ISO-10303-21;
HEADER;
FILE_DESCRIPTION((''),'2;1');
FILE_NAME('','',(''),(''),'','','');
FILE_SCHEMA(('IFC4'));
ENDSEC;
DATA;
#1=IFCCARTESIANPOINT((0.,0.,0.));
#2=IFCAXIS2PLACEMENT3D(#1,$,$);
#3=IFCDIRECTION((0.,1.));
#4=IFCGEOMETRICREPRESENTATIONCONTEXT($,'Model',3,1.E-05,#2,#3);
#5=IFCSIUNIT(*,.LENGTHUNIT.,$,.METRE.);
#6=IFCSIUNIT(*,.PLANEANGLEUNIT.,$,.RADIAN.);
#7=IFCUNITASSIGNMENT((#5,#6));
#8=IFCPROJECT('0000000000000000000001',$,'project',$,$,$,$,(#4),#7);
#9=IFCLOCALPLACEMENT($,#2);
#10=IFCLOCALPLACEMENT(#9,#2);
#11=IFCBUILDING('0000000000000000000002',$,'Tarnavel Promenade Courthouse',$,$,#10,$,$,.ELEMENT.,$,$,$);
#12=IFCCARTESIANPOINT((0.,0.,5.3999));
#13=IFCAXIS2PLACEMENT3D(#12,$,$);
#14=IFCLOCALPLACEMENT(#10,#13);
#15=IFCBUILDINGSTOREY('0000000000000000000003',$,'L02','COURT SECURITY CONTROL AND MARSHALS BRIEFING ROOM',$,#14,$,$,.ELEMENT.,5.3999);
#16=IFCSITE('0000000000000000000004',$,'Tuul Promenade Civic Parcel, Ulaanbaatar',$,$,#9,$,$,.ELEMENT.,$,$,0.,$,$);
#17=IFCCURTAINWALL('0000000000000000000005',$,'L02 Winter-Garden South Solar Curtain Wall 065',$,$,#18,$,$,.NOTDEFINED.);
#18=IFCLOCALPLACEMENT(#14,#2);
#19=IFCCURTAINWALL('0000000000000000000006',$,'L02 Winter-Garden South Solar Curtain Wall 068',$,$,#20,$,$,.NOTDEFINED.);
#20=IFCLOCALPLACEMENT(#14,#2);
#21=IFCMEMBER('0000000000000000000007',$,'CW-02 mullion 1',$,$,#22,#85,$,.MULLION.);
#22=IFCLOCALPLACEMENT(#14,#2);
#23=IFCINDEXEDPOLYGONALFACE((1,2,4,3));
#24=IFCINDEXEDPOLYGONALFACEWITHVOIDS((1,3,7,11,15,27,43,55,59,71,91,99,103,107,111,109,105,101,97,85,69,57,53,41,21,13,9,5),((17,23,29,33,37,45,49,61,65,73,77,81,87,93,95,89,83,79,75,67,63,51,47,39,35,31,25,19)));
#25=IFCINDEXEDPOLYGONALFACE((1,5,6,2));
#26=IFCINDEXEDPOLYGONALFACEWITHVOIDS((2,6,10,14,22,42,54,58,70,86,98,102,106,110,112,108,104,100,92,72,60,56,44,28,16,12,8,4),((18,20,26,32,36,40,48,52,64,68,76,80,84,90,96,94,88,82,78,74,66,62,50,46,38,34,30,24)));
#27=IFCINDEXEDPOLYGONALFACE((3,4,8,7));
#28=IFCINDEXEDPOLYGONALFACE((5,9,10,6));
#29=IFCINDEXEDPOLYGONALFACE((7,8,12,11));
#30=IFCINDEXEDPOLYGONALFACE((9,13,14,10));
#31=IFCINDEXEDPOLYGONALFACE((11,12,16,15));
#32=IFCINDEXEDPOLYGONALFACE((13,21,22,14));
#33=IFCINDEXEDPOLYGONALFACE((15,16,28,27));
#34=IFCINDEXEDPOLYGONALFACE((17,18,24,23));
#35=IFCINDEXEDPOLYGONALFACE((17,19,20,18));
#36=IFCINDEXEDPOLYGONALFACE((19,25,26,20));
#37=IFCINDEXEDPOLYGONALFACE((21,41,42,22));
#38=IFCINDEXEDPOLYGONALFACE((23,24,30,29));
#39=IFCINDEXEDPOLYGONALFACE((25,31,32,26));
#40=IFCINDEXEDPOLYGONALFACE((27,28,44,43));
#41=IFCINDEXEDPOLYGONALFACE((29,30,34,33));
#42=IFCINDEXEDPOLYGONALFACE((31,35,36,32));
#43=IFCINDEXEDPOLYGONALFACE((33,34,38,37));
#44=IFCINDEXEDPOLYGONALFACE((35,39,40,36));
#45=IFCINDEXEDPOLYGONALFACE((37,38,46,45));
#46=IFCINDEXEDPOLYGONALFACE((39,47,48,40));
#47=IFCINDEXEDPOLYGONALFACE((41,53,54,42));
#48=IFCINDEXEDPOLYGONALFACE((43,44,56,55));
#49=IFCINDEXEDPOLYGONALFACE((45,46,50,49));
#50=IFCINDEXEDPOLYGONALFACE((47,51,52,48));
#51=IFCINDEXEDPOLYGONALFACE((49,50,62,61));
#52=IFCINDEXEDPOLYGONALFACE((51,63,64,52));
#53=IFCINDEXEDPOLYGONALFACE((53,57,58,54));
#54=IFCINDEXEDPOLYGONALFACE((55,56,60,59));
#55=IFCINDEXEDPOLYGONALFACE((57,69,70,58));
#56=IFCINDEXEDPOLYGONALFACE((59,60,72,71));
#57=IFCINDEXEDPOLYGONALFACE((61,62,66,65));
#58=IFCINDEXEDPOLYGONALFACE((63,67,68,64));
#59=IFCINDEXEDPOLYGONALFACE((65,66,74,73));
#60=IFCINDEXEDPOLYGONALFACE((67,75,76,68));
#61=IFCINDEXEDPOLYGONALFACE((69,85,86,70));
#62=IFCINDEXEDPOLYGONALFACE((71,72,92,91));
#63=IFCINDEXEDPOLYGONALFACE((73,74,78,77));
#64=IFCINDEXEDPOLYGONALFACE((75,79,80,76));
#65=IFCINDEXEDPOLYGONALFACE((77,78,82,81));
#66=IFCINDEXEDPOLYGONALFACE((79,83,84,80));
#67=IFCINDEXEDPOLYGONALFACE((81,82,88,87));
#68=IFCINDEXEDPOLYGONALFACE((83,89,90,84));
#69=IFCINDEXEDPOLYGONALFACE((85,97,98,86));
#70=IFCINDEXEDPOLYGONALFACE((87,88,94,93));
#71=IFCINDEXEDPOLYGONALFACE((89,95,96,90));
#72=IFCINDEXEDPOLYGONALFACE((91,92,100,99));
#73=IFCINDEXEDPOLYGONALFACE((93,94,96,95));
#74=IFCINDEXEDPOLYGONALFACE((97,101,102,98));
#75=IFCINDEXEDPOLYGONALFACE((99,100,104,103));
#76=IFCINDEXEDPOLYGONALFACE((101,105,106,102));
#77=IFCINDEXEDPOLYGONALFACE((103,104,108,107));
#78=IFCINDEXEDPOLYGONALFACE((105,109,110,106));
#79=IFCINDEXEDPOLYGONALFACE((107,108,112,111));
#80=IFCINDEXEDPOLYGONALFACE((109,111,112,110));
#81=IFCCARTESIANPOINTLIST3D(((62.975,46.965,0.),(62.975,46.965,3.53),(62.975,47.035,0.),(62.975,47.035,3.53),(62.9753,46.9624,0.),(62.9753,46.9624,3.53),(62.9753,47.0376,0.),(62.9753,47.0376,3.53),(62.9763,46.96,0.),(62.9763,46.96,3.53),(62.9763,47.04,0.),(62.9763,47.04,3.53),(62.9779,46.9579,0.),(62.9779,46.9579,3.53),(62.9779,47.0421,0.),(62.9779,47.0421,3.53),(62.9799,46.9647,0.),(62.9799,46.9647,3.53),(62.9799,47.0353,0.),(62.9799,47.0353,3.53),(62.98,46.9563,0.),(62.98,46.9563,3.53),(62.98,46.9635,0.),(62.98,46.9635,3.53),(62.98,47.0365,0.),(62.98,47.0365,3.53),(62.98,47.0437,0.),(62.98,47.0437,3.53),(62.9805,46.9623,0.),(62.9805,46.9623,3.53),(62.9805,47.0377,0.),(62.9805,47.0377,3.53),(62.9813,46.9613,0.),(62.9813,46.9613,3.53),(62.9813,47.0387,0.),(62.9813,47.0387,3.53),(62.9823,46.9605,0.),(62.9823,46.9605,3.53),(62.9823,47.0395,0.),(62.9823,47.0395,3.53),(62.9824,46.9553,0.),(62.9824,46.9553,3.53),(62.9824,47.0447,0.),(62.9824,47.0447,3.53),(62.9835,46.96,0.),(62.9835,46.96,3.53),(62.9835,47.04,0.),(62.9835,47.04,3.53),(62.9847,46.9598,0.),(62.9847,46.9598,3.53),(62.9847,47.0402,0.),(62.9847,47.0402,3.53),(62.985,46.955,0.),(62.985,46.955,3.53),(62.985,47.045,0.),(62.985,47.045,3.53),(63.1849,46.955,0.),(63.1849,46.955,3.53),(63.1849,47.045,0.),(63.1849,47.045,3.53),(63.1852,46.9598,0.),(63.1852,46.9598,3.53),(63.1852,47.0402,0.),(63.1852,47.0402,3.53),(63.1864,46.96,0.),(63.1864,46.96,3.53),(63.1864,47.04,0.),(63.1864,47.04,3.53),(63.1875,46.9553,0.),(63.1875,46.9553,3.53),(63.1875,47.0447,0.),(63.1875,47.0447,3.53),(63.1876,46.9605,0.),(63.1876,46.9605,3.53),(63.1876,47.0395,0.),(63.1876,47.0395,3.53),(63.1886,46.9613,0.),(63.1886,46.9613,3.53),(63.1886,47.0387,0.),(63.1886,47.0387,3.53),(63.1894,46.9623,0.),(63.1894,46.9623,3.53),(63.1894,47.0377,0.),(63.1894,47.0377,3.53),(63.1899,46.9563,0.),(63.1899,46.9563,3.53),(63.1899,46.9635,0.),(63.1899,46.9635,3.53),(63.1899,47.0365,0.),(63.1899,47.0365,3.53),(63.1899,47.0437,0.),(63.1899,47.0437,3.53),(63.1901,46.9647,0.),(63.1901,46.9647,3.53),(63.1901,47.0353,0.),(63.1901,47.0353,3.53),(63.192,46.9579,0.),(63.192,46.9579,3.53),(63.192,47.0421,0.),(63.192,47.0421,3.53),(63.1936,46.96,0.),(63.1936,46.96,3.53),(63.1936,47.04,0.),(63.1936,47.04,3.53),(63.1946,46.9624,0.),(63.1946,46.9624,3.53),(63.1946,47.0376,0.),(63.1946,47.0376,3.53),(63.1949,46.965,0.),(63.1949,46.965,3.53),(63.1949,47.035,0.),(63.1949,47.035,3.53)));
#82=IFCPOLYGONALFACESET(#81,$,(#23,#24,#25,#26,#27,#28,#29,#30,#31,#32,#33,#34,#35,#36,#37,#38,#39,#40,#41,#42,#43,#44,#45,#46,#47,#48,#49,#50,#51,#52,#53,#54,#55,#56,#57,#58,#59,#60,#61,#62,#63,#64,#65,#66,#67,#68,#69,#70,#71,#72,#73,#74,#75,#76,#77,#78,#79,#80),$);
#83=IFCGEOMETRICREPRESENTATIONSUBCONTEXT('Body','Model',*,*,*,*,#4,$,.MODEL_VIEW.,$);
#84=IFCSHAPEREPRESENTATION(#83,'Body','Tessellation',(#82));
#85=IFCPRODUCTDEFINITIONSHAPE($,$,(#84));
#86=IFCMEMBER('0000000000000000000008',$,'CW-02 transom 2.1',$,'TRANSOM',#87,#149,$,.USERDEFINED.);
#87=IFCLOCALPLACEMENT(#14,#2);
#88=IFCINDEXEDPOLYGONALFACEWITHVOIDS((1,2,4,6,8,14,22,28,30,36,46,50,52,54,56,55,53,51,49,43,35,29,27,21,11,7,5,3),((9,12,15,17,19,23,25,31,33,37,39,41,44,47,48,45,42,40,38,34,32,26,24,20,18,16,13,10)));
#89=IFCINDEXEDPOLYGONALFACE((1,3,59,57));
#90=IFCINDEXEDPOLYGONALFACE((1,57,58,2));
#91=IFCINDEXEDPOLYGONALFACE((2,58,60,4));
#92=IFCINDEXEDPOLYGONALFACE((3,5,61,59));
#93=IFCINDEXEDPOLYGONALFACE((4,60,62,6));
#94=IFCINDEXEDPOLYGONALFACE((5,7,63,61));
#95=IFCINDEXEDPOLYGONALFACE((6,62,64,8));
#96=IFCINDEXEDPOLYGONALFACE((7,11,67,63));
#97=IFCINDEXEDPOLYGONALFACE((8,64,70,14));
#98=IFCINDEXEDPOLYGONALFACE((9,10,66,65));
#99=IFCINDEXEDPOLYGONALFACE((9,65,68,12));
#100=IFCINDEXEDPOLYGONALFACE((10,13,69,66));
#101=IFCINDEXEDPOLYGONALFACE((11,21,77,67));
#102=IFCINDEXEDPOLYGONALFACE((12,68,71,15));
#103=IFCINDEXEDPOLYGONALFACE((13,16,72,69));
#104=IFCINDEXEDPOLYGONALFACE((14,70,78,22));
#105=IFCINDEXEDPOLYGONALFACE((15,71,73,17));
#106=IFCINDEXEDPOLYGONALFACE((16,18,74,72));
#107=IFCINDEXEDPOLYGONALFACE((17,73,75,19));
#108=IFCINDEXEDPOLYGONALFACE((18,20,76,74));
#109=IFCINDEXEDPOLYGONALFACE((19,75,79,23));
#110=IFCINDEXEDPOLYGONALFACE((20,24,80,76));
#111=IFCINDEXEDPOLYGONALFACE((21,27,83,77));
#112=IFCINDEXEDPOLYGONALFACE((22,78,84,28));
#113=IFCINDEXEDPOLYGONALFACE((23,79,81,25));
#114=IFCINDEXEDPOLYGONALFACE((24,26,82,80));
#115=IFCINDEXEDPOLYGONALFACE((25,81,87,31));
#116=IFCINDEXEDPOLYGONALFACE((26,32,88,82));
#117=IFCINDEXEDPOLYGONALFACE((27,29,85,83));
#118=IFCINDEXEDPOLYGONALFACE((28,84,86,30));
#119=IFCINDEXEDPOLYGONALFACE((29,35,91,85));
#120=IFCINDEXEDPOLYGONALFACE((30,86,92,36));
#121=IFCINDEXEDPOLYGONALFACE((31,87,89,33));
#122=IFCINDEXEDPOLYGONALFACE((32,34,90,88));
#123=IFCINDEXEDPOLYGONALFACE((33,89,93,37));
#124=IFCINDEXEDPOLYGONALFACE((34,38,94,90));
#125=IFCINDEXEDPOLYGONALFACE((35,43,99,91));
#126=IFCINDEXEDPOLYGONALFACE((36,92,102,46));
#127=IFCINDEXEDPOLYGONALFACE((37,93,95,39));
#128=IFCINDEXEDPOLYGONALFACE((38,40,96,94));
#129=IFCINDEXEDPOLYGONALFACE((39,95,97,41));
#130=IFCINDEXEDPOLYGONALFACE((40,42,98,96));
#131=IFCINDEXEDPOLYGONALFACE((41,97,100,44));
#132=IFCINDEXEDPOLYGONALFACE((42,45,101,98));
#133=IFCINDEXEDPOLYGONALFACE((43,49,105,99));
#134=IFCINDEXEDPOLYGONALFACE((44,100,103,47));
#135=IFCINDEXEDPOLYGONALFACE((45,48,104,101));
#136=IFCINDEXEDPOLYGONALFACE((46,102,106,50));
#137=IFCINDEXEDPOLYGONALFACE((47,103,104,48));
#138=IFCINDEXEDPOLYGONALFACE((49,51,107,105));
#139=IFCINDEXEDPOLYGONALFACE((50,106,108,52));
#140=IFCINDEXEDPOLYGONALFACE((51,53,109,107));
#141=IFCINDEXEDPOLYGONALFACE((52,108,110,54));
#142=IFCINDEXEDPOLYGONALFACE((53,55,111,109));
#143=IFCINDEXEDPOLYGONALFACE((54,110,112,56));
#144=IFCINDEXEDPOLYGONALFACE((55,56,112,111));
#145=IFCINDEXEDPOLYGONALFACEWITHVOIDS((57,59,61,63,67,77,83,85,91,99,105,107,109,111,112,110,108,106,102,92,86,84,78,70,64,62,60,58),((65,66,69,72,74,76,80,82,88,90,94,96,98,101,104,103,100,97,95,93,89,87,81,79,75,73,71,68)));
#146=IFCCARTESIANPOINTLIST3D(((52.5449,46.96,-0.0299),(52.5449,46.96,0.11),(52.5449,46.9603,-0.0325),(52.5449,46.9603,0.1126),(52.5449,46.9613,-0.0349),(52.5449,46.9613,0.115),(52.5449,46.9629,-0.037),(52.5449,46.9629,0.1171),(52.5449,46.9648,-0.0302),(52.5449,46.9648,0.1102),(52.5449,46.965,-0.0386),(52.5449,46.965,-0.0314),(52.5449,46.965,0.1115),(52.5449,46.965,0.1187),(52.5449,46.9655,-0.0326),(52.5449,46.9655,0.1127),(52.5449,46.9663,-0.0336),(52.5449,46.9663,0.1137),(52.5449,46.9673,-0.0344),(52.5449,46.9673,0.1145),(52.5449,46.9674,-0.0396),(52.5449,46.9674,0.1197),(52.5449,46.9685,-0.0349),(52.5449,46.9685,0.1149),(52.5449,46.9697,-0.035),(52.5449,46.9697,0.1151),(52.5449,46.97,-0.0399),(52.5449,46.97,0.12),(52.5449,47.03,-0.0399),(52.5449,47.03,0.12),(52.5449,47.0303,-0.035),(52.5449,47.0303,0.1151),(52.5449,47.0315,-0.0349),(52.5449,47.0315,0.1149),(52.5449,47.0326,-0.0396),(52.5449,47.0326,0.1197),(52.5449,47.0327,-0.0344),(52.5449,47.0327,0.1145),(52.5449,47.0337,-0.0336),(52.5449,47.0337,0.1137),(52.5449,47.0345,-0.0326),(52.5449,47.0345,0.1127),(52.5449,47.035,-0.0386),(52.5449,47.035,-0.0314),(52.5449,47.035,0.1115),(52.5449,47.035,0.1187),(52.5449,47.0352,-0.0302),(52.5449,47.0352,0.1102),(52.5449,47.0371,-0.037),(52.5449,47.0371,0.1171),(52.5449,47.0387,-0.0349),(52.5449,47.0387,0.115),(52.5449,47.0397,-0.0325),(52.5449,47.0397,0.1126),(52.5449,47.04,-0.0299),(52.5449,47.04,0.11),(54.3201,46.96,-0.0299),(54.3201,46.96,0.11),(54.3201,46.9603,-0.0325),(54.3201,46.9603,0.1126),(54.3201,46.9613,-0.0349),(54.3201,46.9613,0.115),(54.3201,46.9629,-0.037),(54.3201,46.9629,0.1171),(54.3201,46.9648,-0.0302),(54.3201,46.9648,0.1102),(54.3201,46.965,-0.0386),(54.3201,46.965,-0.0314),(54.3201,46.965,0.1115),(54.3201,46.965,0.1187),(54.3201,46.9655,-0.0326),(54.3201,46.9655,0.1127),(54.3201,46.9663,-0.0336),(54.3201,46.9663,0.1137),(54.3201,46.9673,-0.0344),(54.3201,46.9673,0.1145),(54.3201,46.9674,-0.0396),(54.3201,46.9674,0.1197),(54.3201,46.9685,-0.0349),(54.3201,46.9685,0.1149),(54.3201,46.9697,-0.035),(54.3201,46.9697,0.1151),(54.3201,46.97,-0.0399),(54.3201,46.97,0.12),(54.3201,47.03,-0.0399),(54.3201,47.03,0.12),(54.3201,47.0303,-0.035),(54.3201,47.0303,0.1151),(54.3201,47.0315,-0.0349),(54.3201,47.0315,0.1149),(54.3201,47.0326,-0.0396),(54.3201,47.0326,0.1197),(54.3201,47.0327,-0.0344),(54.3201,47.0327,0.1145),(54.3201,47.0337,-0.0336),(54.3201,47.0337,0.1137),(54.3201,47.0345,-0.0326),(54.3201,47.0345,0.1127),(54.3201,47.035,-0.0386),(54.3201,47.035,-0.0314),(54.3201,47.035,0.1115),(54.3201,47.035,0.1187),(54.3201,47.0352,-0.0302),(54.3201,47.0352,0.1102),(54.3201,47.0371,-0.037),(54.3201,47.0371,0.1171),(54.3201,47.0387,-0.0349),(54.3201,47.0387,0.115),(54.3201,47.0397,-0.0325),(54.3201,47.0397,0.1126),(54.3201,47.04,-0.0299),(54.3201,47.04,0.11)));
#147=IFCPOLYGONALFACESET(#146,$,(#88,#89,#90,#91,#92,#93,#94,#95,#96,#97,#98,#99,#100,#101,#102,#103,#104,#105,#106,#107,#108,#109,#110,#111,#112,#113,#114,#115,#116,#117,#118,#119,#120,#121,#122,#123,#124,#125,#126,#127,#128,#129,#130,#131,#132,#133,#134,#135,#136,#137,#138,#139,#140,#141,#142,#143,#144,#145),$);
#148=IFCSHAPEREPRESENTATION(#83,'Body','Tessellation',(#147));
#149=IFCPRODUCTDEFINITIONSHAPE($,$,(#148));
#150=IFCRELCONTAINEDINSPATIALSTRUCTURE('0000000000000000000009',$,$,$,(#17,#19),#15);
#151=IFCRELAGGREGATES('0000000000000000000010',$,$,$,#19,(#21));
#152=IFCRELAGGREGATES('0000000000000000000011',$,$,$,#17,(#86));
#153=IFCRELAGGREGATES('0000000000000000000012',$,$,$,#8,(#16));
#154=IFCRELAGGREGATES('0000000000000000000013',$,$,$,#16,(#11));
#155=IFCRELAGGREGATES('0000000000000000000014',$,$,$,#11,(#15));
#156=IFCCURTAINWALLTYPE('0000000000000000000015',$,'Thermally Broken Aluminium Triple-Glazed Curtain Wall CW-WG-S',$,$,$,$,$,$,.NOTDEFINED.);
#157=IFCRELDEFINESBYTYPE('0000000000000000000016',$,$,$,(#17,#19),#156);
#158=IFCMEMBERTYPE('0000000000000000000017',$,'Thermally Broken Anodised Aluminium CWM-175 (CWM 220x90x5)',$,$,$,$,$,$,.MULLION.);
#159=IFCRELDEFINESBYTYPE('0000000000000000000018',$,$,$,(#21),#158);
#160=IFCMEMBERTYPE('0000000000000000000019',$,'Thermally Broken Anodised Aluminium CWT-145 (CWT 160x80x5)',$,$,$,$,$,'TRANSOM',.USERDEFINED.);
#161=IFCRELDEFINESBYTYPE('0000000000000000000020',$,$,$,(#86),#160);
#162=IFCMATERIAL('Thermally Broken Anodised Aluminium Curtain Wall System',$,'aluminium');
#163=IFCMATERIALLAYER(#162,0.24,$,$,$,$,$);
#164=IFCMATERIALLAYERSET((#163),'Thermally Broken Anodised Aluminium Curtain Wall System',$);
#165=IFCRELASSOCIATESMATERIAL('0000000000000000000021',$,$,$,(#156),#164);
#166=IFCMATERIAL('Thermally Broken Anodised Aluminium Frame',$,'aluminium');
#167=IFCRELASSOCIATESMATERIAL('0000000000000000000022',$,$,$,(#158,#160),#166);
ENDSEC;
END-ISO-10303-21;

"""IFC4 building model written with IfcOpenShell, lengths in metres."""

from ifc_helpers import new_model, si_unit, direction, frame, origin, origin_2d, place, context, subcontext, project, spatial, hollow_rectangle, extrude, material, layer, layer_set, material_profile, profile_set, type_object, element, aggregate, save


model = new_model("IFC4")

# Units and contexts
model_context = context("Model", 3, precision=1e-05, world=origin(), true_north=direction((0.0, 1.0)))
body_context = subcontext(model_context, "Body", "Model", "MODEL_VIEW")
ifc_project = project(units=[si_unit("LENGTHUNIT", "METRE"), si_unit("PLANEANGLEUNIT", "RADIAN")], contexts=[model_context])

# Site, building, storey
site_placement = place(None, origin())
site = spatial("IfcSite", under=ifc_project, at=site_placement, Name="Tuul Promenade Civic Parcel, Ulaanbaatar", CompositionType="ELEMENT", RefElevation=0.0)
building_placement = place(site_placement, origin())
building = spatial("IfcBuilding", under=site, at=building_placement, Name="Tarnavel Promenade Courthouse", CompositionType="ELEMENT")
storey_placement = place(building_placement, frame((0.0, 0.0, 5.3999)))
storey = spatial("IfcBuildingStorey", under=building, at=storey_placement, Name="L02", Description="COURT SECURITY CONTROL AND MARSHALS BRIEFING ROOM", CompositionType="ELEMENT", Elevation=5.3999)

# Curtain wall
ifc_material_1 = material(Name="Thermally Broken Anodised Aluminium Curtain Wall System", Category="aluminium")
ifc_layer_1 = layer(ifc_material_1, 0.24)
ifc_layer_set_1 = layer_set([ifc_layer_1], Name="Thermally Broken Anodised Aluminium Curtain Wall System")
curtain_wall_type = type_object("IfcCurtainWallType", Name="Thermally Broken Aluminium Triple-Glazed Curtain Wall CW-WG-S", PredefinedType="NOTDEFINED", material=ifc_layer_set_1)
curtain_wall_1_placement = place(storey_placement, origin())
curtain_wall_1 = element("IfcCurtainWall", 1, at=curtain_wall_1_placement, inside=storey, type_object=curtain_wall_type, Name="L02 Winter-Garden South Solar Curtain Wall 065", PredefinedType="NOTDEFINED")
ifc_material_2 = material(Name="Thermally Broken Anodised Aluminium Frame", Category="aluminium")
ifc_material_profile_1 = material_profile(ifc_material_2, hollow_rectangle(XDim=0.0901, YDim=0.22, WallThickness=0.0049, InnerFilletRadius=0.0049, OuterFilletRadius=0.01, at=origin_2d()), Name="CWM 220x90x5")
ifc_profile_set_1 = profile_set([ifc_material_profile_1], Name="Thermally Broken Anodised Aluminium Frame")
member_type_1 = type_object("IfcMemberType", Name="Thermally Broken Anodised Aluminium CWM-175 (CWM 220x90x5)", PredefinedType="MULLION", material=ifc_profile_set_1)

# Curtain wall, member
curtain_wall_2_placement = place(storey_placement, origin())
curtain_wall_2 = element("IfcCurtainWall", 2, at=curtain_wall_2_placement, inside=storey, type_object=curtain_wall_type, Name="L02 Winter-Garden South Solar Curtain Wall 068", PredefinedType="NOTDEFINED")
member_1_placement = place(storey_placement, frame((63.085, 47.0, 0.0), z_axis=(0.0, 0.0, 1.0), x_axis=(0.0, 1.0, 0.0)))
member_1 = element("IfcMember", 3, at=member_1_placement, type_object=member_type_1, Name="CW-02 mullion 1", PredefinedType="MULLION", context=body_context, shape_type="SweptSolid", body=[
    extrude(hollow_rectangle(XDim=0.0901, YDim=0.22, WallThickness=0.0049, InnerFilletRadius=0.0049, OuterFilletRadius=0.01, at=origin_2d()), origin(), (0.0, 0.0, 1.0), 3.53),
])

# Member
ifc_material_profile_2 = material_profile(ifc_material_2, hollow_rectangle(XDim=0.0801, YDim=0.1599, WallThickness=0.0049, InnerFilletRadius=0.0049, OuterFilletRadius=0.01, at=origin_2d()), Name="CWT 160x80x5")
ifc_profile_set_2 = profile_set([ifc_material_profile_2], Name="Thermally Broken Anodised Aluminium Frame")
member_type_2 = type_object("IfcMemberType", Name="Thermally Broken Anodised Aluminium CWT-145 (CWT 160x80x5)", ElementType="TRANSOM", PredefinedType="USERDEFINED", material=ifc_profile_set_2)
member_2_placement = place(storey_placement, frame((52.5449, 47.0, 0.04), z_axis=(1.0, 0.0, 0.0), x_axis=(0.0, 1.0, 0.0)))
member_2 = element("IfcMember", 4, at=member_2_placement, type_object=member_type_2, Name="CW-02 transom 2.1", ObjectType="TRANSOM", PredefinedType="USERDEFINED", context=body_context, shape_type="SweptSolid", body=[
    extrude(hollow_rectangle(XDim=0.0801, YDim=0.1599, WallThickness=0.0049, InnerFilletRadius=0.0049, OuterFilletRadius=0.01, at=origin_2d()), origin(), (0.0, 0.0, 1.0), 1.7751),
])
aggregate(curtain_wall_2, [member_1])

aggregate(curtain_wall_1, [member_2])

save(model, "model.ifc")
